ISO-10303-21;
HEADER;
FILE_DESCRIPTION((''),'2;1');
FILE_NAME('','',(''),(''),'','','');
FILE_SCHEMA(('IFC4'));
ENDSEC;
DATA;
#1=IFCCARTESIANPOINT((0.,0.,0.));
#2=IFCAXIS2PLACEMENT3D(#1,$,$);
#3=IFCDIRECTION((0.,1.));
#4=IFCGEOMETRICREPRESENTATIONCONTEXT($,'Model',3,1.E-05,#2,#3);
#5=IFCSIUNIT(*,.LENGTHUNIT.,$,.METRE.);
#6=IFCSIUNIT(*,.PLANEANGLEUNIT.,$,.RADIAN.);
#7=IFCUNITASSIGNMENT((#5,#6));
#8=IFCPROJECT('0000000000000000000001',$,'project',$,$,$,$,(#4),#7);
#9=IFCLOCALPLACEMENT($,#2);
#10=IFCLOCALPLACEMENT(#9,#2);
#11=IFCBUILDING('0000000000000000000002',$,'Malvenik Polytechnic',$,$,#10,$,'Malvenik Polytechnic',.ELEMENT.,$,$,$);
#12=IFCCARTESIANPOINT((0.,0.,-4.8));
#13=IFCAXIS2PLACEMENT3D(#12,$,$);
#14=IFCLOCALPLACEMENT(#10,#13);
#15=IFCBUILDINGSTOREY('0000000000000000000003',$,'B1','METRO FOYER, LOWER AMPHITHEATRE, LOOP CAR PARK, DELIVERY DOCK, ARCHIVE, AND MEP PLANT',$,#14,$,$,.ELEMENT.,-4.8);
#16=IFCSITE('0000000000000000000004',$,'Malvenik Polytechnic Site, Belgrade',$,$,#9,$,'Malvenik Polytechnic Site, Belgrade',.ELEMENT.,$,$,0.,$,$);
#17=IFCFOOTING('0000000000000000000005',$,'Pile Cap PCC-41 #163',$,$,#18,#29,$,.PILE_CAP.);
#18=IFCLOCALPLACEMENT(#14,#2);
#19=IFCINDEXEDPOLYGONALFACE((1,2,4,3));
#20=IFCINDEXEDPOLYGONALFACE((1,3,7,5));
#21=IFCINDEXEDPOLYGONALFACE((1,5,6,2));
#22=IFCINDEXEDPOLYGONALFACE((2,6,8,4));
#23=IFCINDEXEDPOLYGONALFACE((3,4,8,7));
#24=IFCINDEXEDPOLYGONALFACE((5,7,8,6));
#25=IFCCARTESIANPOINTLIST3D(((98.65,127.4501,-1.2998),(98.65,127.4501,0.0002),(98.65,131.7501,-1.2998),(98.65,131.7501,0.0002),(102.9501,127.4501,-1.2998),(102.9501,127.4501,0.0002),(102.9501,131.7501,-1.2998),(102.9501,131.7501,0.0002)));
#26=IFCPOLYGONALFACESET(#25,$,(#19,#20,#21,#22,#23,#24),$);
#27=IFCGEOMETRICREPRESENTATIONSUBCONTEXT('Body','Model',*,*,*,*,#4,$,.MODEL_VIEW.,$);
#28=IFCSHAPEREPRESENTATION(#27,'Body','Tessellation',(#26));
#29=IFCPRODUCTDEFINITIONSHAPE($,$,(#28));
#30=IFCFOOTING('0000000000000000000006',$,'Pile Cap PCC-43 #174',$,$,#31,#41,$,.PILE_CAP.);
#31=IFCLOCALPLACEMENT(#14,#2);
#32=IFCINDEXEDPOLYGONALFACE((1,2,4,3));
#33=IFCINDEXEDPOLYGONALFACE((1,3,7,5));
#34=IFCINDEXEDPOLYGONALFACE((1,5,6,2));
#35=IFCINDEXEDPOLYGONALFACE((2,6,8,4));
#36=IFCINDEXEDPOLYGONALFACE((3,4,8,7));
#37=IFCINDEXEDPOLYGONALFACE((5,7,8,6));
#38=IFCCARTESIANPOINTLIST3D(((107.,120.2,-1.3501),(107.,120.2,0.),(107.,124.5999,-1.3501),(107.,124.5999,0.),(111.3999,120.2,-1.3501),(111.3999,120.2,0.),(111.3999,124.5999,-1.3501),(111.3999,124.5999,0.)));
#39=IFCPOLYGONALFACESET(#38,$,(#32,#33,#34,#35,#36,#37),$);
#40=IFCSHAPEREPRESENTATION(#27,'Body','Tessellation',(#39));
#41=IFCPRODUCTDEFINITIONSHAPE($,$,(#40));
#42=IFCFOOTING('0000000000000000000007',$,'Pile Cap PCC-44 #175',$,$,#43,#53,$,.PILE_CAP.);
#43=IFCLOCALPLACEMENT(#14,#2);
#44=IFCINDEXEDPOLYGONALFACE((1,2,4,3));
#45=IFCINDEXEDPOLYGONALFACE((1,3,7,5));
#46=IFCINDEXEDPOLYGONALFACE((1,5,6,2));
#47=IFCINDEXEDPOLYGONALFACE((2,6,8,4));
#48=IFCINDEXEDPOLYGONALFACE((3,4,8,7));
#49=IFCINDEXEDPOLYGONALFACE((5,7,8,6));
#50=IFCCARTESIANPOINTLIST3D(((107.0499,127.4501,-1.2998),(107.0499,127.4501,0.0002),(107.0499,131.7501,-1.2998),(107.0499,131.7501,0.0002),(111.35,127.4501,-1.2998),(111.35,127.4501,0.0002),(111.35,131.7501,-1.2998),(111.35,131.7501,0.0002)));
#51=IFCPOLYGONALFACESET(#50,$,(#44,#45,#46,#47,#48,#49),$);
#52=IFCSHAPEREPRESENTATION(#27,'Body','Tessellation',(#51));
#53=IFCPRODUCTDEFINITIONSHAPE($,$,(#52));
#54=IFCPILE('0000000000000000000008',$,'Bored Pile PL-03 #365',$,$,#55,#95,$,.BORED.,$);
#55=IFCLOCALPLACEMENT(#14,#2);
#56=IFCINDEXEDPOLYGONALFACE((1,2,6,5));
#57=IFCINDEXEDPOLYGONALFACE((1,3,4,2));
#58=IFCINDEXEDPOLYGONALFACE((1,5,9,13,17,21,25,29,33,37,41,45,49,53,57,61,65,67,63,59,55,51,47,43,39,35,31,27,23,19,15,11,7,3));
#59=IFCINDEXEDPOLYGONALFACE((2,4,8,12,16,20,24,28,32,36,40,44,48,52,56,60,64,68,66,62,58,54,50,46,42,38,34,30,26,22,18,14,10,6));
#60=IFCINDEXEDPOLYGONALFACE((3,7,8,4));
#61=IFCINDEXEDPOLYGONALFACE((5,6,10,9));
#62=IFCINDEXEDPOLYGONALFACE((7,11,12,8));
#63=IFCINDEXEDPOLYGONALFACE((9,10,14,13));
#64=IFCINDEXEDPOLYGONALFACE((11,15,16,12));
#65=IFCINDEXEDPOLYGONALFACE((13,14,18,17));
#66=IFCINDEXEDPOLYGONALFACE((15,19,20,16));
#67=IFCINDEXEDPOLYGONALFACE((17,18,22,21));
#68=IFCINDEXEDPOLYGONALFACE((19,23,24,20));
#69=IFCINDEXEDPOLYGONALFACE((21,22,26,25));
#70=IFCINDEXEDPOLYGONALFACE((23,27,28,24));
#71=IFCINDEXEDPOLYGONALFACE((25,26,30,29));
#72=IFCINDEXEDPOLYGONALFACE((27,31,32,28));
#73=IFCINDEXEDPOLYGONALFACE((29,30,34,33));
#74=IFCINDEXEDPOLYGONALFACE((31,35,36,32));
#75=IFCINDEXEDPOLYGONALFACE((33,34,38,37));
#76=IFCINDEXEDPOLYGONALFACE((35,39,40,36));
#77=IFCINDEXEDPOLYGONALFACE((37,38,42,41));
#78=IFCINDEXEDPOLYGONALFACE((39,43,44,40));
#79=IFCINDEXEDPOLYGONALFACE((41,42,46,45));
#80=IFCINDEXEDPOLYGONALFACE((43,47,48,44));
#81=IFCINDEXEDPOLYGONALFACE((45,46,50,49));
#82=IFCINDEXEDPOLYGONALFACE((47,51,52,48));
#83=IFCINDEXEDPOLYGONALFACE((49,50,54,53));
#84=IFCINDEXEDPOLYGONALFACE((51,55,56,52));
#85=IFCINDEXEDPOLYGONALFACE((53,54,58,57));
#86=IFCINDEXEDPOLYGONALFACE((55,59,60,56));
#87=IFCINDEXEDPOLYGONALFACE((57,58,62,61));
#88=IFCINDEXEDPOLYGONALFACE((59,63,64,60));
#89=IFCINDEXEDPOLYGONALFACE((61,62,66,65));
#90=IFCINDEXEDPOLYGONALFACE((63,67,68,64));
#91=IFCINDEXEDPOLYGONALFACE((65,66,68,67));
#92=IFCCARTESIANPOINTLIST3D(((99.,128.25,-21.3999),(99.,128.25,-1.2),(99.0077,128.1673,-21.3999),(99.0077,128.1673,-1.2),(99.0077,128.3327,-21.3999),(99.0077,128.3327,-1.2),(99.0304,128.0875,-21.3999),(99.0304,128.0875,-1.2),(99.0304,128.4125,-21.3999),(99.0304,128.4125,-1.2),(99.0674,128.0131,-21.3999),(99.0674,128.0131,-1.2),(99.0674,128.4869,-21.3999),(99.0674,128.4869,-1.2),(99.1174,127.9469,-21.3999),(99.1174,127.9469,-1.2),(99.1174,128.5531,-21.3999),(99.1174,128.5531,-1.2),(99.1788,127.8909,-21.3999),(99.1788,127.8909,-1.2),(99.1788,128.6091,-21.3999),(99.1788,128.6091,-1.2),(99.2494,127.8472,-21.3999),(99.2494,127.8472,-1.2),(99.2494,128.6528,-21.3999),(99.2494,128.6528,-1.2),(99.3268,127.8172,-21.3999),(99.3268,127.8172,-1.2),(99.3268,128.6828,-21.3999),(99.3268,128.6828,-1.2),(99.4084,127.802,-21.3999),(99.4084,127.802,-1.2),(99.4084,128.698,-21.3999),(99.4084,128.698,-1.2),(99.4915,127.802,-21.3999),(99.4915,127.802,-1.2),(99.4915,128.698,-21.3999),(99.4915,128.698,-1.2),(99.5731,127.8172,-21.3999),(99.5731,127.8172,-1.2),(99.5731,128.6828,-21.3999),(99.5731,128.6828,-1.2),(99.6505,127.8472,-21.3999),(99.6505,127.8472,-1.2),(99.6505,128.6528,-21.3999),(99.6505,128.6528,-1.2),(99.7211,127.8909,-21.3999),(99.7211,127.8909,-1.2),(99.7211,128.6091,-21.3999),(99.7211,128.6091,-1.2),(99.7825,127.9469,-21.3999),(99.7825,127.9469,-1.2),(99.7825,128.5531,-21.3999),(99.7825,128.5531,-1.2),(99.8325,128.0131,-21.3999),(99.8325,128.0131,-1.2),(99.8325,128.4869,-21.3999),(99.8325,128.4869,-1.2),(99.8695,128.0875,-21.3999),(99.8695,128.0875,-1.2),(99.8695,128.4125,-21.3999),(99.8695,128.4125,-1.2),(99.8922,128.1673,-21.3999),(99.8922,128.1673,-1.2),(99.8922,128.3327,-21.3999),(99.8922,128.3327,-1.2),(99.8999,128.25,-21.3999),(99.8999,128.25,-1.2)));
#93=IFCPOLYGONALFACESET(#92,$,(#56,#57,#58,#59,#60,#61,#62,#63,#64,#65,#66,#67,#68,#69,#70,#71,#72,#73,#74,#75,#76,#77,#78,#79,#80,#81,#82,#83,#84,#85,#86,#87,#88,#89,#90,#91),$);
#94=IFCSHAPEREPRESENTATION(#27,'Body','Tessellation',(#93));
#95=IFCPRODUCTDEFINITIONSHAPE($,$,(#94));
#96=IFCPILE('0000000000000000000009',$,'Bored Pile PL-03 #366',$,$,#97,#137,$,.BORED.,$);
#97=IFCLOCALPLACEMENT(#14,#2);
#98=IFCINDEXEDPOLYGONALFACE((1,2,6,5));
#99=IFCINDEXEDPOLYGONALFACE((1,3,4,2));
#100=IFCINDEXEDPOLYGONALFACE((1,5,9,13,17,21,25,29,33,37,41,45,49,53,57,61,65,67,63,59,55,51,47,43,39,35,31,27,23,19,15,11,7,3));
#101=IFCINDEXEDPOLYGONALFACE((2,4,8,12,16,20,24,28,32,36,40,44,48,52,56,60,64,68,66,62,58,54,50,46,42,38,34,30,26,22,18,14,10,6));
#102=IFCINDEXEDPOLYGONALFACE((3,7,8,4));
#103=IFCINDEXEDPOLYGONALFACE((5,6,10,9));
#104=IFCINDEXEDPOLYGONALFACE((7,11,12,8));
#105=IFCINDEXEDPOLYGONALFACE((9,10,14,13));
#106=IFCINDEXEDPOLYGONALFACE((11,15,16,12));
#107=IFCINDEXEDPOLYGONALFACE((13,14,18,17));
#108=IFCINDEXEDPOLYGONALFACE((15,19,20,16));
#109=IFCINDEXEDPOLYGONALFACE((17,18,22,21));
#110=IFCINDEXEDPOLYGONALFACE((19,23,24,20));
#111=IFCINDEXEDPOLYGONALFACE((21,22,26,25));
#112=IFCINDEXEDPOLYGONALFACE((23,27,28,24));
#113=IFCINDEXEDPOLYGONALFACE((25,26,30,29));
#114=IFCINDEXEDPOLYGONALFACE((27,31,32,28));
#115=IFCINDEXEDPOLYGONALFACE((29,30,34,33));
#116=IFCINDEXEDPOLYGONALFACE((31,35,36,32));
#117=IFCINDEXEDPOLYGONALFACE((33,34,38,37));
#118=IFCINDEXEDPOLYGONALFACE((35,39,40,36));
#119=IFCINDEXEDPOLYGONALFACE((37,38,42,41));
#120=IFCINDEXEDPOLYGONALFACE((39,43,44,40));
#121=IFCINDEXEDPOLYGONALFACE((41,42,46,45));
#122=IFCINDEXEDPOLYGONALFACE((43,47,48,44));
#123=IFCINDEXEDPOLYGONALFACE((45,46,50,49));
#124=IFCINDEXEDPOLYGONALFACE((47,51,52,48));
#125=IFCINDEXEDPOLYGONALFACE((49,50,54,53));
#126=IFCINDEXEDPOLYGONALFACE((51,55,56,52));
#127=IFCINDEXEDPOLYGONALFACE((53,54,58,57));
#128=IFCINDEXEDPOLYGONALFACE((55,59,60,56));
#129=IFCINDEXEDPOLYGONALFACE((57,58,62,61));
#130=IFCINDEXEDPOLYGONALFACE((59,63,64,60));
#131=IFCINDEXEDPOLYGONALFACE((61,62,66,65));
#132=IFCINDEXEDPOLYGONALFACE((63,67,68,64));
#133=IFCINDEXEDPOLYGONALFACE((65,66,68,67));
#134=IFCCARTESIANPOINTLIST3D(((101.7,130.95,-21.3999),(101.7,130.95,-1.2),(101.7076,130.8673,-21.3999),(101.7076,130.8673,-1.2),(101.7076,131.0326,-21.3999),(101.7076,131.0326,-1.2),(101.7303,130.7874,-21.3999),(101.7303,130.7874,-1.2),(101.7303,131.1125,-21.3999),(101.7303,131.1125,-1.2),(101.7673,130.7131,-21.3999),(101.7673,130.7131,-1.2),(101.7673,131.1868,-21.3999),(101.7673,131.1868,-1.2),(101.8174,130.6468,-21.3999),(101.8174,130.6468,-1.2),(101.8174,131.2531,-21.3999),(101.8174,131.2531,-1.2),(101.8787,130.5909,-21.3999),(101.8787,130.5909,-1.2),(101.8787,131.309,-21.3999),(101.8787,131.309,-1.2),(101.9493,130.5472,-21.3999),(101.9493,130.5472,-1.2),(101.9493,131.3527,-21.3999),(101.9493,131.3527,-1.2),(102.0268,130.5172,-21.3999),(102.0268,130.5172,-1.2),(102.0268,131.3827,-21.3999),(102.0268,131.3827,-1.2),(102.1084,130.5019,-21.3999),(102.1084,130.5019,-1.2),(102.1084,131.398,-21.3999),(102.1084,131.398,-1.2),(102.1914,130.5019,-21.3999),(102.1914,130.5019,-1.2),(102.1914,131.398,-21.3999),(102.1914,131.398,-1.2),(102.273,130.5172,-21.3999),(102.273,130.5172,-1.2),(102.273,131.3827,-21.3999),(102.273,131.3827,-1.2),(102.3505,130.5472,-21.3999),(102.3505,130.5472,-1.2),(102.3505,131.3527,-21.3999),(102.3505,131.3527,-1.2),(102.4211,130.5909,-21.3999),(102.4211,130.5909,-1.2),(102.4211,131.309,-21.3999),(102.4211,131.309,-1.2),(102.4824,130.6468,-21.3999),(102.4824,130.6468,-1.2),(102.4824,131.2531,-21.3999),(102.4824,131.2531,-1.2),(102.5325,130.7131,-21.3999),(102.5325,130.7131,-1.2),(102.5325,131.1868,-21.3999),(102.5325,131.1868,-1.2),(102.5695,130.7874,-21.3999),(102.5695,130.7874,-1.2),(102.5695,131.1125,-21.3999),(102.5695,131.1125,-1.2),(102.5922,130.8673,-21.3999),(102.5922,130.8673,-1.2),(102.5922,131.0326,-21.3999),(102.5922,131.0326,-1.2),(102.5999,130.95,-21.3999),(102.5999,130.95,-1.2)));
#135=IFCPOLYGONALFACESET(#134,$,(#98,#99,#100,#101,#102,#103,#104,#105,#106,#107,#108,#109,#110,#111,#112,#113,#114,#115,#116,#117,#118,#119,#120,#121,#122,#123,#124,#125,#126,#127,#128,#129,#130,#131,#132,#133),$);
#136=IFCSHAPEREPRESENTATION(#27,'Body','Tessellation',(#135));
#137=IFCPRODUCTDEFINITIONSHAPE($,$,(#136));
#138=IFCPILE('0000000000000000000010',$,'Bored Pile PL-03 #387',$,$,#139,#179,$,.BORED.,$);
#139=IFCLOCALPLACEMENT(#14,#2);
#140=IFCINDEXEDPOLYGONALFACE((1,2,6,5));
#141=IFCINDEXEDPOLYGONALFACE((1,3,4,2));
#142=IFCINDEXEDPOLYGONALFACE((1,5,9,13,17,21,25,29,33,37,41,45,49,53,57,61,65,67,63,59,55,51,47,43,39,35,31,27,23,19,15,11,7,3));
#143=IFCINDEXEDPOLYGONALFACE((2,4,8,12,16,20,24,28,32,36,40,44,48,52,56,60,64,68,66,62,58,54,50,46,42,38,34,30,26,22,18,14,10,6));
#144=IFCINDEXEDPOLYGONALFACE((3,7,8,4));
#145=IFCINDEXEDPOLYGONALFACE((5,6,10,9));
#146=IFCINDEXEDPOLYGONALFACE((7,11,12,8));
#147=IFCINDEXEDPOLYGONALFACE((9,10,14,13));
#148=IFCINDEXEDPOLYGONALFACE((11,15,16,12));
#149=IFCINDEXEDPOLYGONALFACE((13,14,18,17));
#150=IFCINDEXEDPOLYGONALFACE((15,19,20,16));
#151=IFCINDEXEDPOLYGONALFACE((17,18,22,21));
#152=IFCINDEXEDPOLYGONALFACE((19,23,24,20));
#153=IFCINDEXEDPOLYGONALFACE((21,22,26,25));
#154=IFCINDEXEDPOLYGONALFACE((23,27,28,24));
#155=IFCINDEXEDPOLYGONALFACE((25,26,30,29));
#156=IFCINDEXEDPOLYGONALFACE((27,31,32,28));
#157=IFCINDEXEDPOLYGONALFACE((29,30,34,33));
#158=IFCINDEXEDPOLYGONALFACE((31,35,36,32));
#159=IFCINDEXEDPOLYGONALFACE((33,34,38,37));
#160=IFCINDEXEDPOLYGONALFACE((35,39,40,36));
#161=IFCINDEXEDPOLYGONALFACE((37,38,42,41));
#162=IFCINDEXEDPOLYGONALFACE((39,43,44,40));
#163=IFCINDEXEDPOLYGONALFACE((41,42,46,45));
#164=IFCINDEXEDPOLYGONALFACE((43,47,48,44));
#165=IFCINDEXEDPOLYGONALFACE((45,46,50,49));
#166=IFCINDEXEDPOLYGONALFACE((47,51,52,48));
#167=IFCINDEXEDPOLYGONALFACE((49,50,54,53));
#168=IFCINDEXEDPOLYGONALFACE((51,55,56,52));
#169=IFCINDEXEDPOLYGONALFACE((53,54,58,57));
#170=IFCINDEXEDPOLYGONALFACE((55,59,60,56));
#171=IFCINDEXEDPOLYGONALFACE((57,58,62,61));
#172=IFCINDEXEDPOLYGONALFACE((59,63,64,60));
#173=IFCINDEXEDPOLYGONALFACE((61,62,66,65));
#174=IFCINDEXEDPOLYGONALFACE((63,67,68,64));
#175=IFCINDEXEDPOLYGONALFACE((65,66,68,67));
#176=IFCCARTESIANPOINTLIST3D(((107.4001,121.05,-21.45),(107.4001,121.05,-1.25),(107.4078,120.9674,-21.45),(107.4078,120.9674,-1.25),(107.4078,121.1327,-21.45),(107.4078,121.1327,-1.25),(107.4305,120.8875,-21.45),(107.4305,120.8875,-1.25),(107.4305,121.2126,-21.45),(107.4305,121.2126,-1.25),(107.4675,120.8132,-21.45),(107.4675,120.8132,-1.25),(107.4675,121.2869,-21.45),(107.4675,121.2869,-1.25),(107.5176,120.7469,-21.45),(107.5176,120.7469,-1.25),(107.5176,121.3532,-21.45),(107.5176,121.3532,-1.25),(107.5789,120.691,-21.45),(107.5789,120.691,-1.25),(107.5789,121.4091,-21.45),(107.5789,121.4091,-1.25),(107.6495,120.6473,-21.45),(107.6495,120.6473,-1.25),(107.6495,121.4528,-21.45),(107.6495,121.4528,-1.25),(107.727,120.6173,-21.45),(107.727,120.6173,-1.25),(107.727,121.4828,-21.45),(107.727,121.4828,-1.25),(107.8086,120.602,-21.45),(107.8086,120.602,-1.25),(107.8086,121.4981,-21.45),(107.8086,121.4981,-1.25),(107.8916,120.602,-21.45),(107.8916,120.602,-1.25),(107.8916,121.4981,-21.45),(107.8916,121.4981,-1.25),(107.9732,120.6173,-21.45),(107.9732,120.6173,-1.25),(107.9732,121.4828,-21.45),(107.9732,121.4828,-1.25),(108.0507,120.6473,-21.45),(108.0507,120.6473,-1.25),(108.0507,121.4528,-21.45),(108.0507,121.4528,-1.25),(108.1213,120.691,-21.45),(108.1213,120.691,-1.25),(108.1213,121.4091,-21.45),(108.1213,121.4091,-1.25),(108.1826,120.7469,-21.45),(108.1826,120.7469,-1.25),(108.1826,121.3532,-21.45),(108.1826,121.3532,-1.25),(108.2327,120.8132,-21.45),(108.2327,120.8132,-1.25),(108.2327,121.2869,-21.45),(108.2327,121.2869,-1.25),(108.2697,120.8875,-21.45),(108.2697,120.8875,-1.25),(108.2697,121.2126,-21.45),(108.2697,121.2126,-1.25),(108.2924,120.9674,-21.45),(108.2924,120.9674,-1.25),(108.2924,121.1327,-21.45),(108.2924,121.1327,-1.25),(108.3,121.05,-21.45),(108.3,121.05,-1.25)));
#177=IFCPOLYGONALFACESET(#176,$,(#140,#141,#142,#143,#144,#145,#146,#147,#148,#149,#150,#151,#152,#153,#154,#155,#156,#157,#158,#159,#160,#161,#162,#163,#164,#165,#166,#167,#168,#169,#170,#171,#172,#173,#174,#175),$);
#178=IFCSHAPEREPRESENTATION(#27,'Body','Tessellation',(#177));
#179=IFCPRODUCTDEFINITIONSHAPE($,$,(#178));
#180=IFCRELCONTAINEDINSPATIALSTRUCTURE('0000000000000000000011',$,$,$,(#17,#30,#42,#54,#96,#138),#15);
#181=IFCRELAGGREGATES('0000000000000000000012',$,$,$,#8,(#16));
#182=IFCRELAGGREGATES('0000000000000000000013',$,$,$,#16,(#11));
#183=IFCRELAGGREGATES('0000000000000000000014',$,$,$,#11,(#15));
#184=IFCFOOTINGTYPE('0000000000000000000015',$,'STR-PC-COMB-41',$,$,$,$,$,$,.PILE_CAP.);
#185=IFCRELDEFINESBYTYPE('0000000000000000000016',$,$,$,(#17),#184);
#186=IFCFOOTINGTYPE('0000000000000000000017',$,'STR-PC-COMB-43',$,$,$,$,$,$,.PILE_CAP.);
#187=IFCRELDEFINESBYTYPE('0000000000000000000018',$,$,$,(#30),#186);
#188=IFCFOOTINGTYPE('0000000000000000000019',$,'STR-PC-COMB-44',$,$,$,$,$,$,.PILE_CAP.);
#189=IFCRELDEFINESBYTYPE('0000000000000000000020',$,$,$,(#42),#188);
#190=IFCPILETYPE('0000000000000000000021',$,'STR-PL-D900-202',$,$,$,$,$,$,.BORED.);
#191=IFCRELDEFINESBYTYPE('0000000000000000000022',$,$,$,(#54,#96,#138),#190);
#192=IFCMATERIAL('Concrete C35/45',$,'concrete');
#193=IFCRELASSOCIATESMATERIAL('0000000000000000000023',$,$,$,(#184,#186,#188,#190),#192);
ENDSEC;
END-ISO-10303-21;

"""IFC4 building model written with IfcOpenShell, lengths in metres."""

from ifc_helpers import new_model, si_unit, direction, frame, origin, origin_2d, place, context, subcontext, project, spatial, rectangle, circle, extrude, material, material_profile, profile_set, type_object, element, save


model = new_model("IFC4")

# Units and contexts
model_context = context("Model", 3, precision=1e-05, world=origin(), true_north=direction((0.0, 1.0)))
body_context = subcontext(model_context, "Body", "Model", "MODEL_VIEW")
ifc_project = project(units=[si_unit("LENGTHUNIT", "METRE"), si_unit("PLANEANGLEUNIT", "RADIAN")], contexts=[model_context])

# Site, building, storey
site_placement = place(None, origin())
site = spatial("IfcSite", under=ifc_project, at=site_placement, Name="Malvenik Polytechnic Site, Belgrade", LongName="Malvenik Polytechnic Site, Belgrade", CompositionType="ELEMENT", RefElevation=0.0)
building_placement = place(site_placement, origin())
building = spatial("IfcBuilding", under=site, at=building_placement, Name="Malvenik Polytechnic", LongName="Malvenik Polytechnic", CompositionType="ELEMENT")
storey_placement = place(building_placement, frame((0.0, 0.0, -4.8)))
storey = spatial("IfcBuildingStorey", under=building, at=storey_placement, Name="B1", Description="METRO FOYER, LOWER AMPHITHEATRE, LOOP CAR PARK, DELIVERY DOCK, ARCHIVE, AND MEP PLANT", CompositionType="ELEMENT", Elevation=-4.8)

# Footings
ifc_material_1 = material(Name="Concrete C35/45", Category="concrete")
footing_type_1 = type_object("IfcFootingType", Name="STR-PC-COMB-41", PredefinedType="PILE_CAP", material=ifc_material_1)
footing_1_placement = place(storey_placement, frame((100.8, 129.6001, -1.2998), z_axis=(0.0, 0.0, 1.0), x_axis=(1.0, 0.0, 0.0)))
element("IfcFooting", 1, at=footing_1_placement, inside=storey, type_object=footing_type_1, Name="Pile Cap PCC-41 #163", PredefinedType="PILE_CAP", context=body_context, shape_type="SweptSolid", body=[
    extrude(rectangle(XDim=4.3, YDim=4.3, at=origin_2d()), origin(), (0.0, 0.0, 1.0), 1.3),
])
footing_type_2 = type_object("IfcFootingType", Name="STR-PC-COMB-43", PredefinedType="PILE_CAP", material=ifc_material_1)
footing_2_placement = place(storey_placement, frame((109.2, 122.3999, -1.3501), z_axis=(0.0, 0.0, 1.0), x_axis=(1.0, 0.0, 0.0)))
element("IfcFooting", 2, at=footing_2_placement, inside=storey, type_object=footing_type_2, Name="Pile Cap PCC-43 #174", PredefinedType="PILE_CAP", context=body_context, shape_type="SweptSolid", body=[
    extrude(rectangle(XDim=4.3999, YDim=4.3999, at=origin_2d()), origin(), (0.0, 0.0, 1.0), 1.3501),
])
footing_type_3 = type_object("IfcFootingType", Name="STR-PC-COMB-44", PredefinedType="PILE_CAP", material=ifc_material_1)
footing_3_placement = place(storey_placement, frame((109.2, 129.6001, -1.2998), z_axis=(0.0, 0.0, 1.0), x_axis=(1.0, 0.0, 0.0)))
element("IfcFooting", 3, at=footing_3_placement, inside=storey, type_object=footing_type_3, Name="Pile Cap PCC-44 #175", PredefinedType="PILE_CAP", context=body_context, shape_type="SweptSolid", body=[
    extrude(rectangle(XDim=4.3, YDim=4.3, at=origin_2d()), origin(), (0.0, 0.0, 1.0), 1.3),
])

# Piles
ifc_material_profile_1 = material_profile(ifc_material_1, circle(Radius=0.45, at=origin_2d()), Name="BORED PILE D900")
ifc_profile_set_1 = profile_set([ifc_material_profile_1], Name="Concrete C35/45")
pile_type = type_object("IfcPileType", Name="STR-PL-D900-202", PredefinedType="BORED", material=ifc_profile_set_1)
for number, where, z_axis, x_axis, name in (
    (4, (99.45, 128.25, -1.2), (0.0, 0.0, -1.0), (1.0, 0.0, 0.0), "Bored Pile PL-03 #365"),
    (5, (102.1499, 130.95, -1.2), (0.0, 0.0, -1.0), (1.0, 0.0, 0.0), "Bored Pile PL-03 #366"),
    (6, (107.8501, 121.05, -1.25), (0.0, 0.0, -1.0), (1.0, 0.0, 0.0), "Bored Pile PL-03 #387"),
):
    element("IfcPile", number, at=place(storey_placement, frame(where, z_axis=z_axis, x_axis=x_axis)), inside=storey, type_object=pile_type, Name=name, PredefinedType="BORED", context=body_context, shape_type="SweptSolid", body=[
        extrude(circle(Radius=0.45, at=origin_2d()), origin(), (0.0, 0.0, 1.0), 20.2),
    ])

save(model, "model.ifc")
